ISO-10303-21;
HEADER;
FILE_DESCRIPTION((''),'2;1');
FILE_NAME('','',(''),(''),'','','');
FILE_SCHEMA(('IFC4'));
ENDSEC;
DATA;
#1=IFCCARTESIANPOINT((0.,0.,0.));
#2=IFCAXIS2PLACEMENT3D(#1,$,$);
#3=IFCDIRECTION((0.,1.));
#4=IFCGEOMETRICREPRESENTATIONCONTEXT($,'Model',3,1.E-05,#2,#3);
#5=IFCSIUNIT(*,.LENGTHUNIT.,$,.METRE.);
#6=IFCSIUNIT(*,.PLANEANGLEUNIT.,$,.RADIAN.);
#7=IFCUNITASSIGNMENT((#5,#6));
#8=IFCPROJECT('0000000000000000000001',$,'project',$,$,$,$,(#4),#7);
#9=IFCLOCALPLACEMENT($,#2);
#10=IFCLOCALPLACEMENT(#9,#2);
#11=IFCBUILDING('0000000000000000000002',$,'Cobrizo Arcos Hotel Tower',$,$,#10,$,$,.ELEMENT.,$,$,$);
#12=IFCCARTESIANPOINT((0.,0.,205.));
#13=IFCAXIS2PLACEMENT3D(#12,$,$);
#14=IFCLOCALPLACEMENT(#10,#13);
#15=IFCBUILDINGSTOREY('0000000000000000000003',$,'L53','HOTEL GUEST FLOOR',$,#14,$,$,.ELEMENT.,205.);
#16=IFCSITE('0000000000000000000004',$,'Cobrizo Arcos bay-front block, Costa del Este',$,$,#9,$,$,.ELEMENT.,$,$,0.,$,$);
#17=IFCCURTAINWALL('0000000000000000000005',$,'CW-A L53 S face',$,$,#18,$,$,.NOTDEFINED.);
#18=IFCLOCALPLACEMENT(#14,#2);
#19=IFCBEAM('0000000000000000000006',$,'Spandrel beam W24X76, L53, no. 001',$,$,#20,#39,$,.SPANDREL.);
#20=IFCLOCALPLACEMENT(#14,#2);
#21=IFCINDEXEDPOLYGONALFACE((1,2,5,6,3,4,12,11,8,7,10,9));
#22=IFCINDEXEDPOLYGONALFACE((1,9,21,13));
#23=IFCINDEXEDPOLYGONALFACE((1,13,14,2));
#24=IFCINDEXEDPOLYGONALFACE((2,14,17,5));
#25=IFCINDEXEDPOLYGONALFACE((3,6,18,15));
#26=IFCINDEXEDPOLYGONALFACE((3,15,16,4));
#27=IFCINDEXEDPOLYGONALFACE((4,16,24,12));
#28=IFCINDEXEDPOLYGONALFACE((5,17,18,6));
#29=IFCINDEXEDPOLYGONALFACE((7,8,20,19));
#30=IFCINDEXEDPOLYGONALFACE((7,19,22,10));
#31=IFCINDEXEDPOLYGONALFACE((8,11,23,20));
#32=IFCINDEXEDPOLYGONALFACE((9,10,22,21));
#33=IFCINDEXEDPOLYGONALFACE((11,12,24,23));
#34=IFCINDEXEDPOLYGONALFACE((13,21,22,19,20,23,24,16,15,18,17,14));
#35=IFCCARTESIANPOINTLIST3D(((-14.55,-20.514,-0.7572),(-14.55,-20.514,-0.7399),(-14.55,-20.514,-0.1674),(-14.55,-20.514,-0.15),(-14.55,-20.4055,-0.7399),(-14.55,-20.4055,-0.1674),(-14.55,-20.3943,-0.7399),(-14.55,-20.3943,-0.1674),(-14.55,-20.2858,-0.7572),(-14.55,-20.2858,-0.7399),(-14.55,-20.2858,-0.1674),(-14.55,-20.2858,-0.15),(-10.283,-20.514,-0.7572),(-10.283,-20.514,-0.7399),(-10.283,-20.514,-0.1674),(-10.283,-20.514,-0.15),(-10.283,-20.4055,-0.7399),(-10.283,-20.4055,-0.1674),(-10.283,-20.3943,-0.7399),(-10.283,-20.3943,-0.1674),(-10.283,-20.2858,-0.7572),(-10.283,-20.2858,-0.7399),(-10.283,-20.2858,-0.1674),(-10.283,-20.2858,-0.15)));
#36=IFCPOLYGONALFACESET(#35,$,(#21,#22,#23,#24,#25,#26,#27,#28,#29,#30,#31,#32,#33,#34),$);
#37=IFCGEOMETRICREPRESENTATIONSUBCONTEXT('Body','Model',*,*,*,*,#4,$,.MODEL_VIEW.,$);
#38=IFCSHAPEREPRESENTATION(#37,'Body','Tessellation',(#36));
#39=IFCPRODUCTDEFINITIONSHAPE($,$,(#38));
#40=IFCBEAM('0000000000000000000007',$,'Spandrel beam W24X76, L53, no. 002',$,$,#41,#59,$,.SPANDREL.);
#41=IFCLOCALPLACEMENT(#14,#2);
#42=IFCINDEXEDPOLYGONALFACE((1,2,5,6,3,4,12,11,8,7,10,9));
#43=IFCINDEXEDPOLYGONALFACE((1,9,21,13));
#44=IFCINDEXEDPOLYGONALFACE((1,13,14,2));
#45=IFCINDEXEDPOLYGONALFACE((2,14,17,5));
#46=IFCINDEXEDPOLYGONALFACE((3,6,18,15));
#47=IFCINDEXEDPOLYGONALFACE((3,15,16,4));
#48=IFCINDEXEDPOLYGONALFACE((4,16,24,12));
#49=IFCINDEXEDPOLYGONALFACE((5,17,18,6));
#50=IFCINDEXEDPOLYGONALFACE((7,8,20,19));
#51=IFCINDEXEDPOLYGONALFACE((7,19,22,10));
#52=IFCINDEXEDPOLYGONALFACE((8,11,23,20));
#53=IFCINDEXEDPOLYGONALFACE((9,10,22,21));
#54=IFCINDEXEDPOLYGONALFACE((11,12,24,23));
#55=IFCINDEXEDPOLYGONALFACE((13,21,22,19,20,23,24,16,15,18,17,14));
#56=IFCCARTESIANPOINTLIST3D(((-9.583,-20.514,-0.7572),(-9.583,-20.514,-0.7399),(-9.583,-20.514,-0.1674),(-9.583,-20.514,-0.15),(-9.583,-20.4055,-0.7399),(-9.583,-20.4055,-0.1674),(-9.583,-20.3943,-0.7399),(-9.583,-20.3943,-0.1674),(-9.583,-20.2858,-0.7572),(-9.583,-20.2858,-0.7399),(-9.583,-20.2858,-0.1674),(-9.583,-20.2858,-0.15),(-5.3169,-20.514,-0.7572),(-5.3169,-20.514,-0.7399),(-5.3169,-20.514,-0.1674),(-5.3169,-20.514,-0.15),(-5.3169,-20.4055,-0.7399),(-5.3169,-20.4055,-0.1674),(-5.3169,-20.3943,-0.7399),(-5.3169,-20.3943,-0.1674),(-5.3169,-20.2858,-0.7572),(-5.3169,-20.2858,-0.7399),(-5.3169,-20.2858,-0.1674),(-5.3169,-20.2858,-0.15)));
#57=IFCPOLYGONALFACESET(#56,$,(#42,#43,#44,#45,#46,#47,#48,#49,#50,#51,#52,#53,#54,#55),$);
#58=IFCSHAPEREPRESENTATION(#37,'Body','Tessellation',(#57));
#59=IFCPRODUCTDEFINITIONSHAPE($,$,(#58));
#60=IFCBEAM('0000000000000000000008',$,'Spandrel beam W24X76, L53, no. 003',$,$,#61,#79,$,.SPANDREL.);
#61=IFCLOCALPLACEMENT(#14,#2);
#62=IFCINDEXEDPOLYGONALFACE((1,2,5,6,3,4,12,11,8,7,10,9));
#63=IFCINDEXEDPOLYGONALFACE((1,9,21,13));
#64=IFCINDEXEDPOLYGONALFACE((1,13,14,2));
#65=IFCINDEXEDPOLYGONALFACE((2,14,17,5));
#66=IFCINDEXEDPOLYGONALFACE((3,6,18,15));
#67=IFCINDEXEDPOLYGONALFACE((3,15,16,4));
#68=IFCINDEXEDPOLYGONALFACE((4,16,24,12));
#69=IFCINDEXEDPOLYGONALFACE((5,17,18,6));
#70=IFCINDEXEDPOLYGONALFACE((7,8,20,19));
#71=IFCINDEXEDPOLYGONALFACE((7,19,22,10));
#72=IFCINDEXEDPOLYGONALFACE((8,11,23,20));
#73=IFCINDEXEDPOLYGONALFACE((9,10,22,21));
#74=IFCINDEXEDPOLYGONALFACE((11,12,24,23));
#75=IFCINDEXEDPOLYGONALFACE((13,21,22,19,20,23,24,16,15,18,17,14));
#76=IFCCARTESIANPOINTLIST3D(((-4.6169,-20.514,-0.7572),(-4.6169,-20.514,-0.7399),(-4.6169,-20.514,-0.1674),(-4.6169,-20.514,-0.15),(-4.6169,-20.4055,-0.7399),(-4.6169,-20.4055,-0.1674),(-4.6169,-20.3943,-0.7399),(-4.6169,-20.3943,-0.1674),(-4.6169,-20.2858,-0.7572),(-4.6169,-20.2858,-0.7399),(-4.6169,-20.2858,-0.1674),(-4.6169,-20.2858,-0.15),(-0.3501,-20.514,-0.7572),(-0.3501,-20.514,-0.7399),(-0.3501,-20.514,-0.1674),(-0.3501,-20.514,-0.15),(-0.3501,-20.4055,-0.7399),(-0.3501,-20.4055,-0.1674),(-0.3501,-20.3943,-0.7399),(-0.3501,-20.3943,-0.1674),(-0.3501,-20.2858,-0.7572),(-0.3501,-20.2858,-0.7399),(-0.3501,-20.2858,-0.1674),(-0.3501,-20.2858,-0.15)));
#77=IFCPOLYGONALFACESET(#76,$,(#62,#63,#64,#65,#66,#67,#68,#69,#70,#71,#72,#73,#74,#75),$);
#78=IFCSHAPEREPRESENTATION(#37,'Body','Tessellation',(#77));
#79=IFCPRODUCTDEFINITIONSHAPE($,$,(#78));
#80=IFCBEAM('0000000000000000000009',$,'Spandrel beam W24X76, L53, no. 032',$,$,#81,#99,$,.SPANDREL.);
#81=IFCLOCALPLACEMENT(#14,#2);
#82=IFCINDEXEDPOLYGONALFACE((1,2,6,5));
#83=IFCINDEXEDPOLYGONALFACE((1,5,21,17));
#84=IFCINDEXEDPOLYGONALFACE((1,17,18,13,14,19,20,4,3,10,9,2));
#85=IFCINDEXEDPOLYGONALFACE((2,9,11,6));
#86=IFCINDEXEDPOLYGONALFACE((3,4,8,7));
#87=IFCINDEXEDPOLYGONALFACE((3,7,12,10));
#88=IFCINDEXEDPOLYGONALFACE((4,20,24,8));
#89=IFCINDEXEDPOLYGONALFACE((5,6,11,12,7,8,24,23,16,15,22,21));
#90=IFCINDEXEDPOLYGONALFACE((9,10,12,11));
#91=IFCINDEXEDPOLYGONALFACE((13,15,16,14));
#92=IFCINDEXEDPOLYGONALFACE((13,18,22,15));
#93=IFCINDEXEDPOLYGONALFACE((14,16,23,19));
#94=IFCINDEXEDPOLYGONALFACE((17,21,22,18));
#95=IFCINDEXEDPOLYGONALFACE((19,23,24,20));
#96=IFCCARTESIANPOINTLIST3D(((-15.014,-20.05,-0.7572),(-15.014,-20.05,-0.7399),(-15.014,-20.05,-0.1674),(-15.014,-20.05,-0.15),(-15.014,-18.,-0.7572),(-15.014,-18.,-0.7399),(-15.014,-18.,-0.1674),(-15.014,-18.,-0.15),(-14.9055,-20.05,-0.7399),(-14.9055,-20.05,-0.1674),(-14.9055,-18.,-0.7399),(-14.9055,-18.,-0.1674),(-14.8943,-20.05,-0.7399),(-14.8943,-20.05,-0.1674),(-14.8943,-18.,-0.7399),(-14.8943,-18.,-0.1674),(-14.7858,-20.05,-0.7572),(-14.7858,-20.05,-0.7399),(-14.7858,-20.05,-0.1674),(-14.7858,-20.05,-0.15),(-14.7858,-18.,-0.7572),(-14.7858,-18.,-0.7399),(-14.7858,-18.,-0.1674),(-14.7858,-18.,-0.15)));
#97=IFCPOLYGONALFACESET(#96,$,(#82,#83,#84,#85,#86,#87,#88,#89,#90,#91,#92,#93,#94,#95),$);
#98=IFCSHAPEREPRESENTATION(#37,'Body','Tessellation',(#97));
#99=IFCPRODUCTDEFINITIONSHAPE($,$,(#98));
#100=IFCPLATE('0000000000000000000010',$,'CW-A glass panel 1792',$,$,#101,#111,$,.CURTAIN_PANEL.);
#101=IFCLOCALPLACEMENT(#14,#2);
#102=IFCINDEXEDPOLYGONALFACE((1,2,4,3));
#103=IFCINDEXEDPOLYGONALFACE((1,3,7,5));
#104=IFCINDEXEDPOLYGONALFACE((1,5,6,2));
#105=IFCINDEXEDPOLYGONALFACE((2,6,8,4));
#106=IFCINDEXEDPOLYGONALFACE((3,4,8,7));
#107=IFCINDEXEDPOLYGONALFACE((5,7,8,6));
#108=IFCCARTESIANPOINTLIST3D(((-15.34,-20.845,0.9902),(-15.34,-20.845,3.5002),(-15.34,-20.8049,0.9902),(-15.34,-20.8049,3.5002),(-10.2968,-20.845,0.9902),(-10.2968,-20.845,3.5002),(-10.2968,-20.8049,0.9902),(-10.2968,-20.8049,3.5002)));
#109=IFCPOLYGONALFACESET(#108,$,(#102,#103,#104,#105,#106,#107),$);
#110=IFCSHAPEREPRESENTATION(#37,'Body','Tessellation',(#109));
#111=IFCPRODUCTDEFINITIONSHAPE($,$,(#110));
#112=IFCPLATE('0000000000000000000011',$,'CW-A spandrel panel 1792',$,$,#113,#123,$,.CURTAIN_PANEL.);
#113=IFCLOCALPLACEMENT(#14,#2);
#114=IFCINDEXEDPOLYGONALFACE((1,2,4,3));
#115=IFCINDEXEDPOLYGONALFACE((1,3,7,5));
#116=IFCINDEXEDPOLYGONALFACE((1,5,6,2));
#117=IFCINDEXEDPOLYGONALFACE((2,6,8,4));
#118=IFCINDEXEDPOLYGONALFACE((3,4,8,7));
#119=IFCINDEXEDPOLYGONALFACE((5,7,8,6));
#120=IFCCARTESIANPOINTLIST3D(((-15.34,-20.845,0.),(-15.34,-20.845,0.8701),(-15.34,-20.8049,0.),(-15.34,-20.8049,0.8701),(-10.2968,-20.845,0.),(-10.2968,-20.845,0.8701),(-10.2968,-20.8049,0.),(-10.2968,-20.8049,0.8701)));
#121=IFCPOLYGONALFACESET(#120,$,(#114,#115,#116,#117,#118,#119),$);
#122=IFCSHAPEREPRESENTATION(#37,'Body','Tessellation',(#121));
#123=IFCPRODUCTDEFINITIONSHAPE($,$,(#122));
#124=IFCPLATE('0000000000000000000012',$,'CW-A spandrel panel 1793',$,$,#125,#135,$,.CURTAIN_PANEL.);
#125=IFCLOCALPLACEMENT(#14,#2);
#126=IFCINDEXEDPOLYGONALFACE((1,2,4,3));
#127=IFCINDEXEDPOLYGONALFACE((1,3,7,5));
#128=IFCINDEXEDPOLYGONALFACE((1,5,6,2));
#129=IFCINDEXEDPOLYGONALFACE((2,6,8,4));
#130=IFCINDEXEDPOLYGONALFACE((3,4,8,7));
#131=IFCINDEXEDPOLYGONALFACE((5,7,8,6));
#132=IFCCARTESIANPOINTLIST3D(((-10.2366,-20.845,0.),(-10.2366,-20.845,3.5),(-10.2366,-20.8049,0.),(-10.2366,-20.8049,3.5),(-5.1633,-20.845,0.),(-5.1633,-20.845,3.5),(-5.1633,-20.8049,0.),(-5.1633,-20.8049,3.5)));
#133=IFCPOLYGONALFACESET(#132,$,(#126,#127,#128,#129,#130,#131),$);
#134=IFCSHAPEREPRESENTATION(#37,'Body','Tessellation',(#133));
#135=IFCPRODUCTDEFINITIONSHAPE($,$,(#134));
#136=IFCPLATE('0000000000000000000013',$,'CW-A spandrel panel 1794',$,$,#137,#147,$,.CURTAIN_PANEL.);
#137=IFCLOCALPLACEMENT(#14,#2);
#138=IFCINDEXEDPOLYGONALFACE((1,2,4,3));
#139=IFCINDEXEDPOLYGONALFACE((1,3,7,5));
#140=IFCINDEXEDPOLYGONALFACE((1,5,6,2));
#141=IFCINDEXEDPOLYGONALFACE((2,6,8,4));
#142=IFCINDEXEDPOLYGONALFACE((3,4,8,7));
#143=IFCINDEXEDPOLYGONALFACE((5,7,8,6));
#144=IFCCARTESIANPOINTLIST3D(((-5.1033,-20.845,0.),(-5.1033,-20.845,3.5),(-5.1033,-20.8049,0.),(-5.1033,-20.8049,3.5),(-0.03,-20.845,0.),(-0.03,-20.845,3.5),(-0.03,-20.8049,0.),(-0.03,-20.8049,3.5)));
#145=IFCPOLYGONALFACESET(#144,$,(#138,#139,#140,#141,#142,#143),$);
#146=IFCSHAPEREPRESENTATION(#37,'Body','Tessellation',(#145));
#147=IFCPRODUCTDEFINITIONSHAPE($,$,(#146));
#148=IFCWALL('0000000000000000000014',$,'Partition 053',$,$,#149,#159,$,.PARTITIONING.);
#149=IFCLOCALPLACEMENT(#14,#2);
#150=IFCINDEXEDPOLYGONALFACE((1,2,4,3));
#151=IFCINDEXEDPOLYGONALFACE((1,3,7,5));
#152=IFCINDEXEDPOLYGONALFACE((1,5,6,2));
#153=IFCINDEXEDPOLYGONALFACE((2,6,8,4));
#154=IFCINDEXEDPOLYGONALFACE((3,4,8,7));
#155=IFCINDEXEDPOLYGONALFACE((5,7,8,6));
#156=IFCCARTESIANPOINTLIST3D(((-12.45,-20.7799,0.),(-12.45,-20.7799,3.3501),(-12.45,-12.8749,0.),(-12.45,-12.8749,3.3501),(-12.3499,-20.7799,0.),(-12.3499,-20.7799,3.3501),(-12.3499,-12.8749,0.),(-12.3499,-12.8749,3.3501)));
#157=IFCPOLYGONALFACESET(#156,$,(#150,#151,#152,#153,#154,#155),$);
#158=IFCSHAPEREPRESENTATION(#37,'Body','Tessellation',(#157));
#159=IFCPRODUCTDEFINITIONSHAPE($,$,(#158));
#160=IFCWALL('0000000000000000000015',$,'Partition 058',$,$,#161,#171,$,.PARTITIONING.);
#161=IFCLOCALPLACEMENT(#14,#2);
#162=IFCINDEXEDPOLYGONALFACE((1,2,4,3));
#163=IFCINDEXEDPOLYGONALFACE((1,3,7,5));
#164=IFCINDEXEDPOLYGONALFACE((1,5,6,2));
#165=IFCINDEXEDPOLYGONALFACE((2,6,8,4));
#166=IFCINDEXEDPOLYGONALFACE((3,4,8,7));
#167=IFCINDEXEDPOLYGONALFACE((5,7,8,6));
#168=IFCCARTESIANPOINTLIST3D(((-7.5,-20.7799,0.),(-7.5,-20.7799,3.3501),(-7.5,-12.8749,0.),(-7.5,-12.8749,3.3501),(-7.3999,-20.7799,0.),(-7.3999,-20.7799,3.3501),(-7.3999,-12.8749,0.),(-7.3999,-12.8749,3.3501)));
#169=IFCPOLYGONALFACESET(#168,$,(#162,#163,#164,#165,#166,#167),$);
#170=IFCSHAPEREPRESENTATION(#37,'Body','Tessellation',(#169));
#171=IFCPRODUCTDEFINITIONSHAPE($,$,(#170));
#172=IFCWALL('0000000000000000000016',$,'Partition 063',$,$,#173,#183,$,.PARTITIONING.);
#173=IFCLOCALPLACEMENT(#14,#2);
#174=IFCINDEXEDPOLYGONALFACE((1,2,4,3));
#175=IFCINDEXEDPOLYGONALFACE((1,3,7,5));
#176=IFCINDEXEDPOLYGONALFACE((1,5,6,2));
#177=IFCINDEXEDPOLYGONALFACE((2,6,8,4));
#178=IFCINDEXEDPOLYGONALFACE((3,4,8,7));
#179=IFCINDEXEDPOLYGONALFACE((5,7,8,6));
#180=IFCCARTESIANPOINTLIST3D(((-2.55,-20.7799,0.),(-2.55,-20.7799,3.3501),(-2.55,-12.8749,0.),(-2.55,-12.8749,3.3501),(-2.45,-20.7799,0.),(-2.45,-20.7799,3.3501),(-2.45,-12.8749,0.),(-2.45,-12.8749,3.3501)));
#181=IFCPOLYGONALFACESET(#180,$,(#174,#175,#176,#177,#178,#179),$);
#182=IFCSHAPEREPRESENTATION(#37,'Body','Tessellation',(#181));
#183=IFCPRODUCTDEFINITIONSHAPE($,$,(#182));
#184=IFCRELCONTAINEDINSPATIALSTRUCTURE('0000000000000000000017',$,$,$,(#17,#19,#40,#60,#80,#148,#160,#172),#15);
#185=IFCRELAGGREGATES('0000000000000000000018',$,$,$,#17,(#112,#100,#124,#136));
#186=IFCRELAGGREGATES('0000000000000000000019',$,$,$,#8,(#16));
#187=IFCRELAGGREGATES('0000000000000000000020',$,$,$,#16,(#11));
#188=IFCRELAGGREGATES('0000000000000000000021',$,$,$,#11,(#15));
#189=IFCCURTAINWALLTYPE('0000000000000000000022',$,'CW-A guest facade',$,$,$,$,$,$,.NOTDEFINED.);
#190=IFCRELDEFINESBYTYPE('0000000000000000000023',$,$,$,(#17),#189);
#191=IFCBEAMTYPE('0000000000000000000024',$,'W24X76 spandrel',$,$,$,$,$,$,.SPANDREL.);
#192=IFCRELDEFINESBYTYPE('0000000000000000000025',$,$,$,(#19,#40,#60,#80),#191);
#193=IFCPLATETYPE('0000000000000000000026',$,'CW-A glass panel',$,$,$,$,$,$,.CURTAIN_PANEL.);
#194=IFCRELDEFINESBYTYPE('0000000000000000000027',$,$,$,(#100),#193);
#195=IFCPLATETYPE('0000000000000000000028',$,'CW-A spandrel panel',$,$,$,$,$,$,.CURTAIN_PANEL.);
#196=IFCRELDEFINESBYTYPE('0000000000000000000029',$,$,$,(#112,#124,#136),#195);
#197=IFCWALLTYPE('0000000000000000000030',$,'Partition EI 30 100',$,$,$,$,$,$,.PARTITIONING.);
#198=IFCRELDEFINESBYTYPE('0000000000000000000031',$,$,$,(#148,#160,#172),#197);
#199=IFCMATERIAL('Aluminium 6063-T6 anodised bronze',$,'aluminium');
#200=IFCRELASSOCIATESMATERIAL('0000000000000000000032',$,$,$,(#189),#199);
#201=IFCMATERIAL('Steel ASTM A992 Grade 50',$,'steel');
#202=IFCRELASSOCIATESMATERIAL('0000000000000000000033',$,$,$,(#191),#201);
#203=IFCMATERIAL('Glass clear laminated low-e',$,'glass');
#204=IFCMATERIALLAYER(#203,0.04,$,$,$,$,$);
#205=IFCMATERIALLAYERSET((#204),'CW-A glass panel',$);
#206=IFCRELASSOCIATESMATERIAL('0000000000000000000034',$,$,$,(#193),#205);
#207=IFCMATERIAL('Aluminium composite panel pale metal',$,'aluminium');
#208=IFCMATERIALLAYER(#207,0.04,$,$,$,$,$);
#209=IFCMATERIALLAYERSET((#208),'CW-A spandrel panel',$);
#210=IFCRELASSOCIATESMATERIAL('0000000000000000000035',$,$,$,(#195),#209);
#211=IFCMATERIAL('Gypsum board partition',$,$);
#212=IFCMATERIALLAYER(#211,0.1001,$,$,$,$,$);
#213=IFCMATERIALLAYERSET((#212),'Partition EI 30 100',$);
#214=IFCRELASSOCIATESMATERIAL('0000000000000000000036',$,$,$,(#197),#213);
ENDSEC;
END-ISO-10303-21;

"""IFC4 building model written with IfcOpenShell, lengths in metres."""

from ifc_helpers import new_model, si_unit, direction, frame, frame_2d, origin, origin_2d, place, context, subcontext, project, spatial, rectangle, i_section, extrude, material, layer, layer_set, material_profile, profile_set, type_object, element, aggregate, save


model = new_model("IFC4")

# Units and contexts
model_context = context("Model", 3, precision=1e-05, world=origin(), true_north=direction((0.0, 1.0)))
body_context = subcontext(model_context, "Body", "Model", "MODEL_VIEW")
ifc_project = project(units=[si_unit("LENGTHUNIT", "METRE"), si_unit("PLANEANGLEUNIT", "RADIAN")], contexts=[model_context])

# Site, building, storey
site_placement = place(None, origin())
site = spatial("IfcSite", under=ifc_project, at=site_placement, Name="Cobrizo Arcos bay-front block, Costa del Este", CompositionType="ELEMENT", RefElevation=0.0)
building_placement = place(site_placement, origin())
building = spatial("IfcBuilding", under=site, at=building_placement, Name="Cobrizo Arcos Hotel Tower", CompositionType="ELEMENT")
storey_placement = place(building_placement, frame((0.0, 0.0, 205.0)))
storey = spatial("IfcBuildingStorey", under=building, at=storey_placement, Name="L53", Description="HOTEL GUEST FLOOR", CompositionType="ELEMENT", Elevation=205.0)

# Curtain wall
ifc_material_1 = material(Name="Aluminium 6063-T6 anodised bronze", Category="aluminium")
curtain_wall_type = type_object("IfcCurtainWallType", Name="CW-A guest facade", PredefinedType="NOTDEFINED", material=ifc_material_1)
curtain_wall_placement = place(storey_placement, origin())
curtain_wall = element("IfcCurtainWall", 1, at=curtain_wall_placement, inside=storey, type_object=curtain_wall_type, Name="CW-A L53 S face", PredefinedType="NOTDEFINED")

# Beams
ifc_material_2 = material(Name="Steel ASTM A992 Grade 50", Category="steel")
ifc_material_profile_1 = material_profile(ifc_material_2, i_section(OverallWidth=0.2283, OverallDepth=0.6072, WebThickness=0.0112, FlangeThickness=0.0173, at=origin_2d()), Name="W24X76")
ifc_profile_set_1 = profile_set([ifc_material_profile_1], Name="Steel ASTM A992 Grade 50")
beam_type_1 = type_object("IfcBeamType", Name="W24X76 spandrel", PredefinedType="SPANDREL", material=ifc_profile_set_1)
beam_1_placement = place(storey_placement, frame((-14.55, -20.3999, -0.4536), z_axis=(1.0, 0.0, 0.0), x_axis=(0.0, 1.0, 0.0)))
element("IfcBeam", 2, at=beam_1_placement, inside=storey, type_object=beam_type_1, Name="Spandrel beam W24X76, L53, no. 001", PredefinedType="SPANDREL", context=body_context, shape_type="SweptSolid", body=[
    extrude(i_section(OverallWidth=0.2283, OverallDepth=0.6072, WebThickness=0.0112, FlangeThickness=0.0173, at=origin_2d()), origin(), (0.0, 0.0, 1.0), 4.2671),
])
beam_2_placement = place(storey_placement, frame((-9.583, -20.3999, -0.4536), z_axis=(1.0, 0.0, 0.0), x_axis=(0.0, 1.0, 0.0)))
element("IfcBeam", 3, at=beam_2_placement, inside=storey, type_object=beam_type_1, Name="Spandrel beam W24X76, L53, no. 002", PredefinedType="SPANDREL", context=body_context, shape_type="SweptSolid", body=[
    extrude(i_section(OverallWidth=0.2283, OverallDepth=0.6072, WebThickness=0.0112, FlangeThickness=0.0173, at=origin_2d()), origin(), (0.0, 0.0, 1.0), 4.2661),
])
beam_3_placement = place(storey_placement, frame((-4.6169, -20.3999, -0.4536), z_axis=(1.0, 0.0, 0.0), x_axis=(0.0, 1.0, 0.0)))
element("IfcBeam", 4, at=beam_3_placement, inside=storey, type_object=beam_type_1, Name="Spandrel beam W24X76, L53, no. 003", PredefinedType="SPANDREL", context=body_context, shape_type="SweptSolid", body=[
    extrude(i_section(OverallWidth=0.2283, OverallDepth=0.6072, WebThickness=0.0112, FlangeThickness=0.0173, at=origin_2d()), origin(), (0.0, 0.0, 1.0), 4.2668),
])
beam_4_placement = place(storey_placement, frame((-14.8999, -18.0, -0.4536), z_axis=(0.0, -1.0, 0.0), x_axis=(1.0, 0.0, 0.0)))
element("IfcBeam", 5, at=beam_4_placement, inside=storey, type_object=beam_type_1, Name="Spandrel beam W24X76, L53, no. 032", PredefinedType="SPANDREL", context=body_context, shape_type="SweptSolid", body=[
    extrude(i_section(OverallWidth=0.2283, OverallDepth=0.6072, WebThickness=0.0112, FlangeThickness=0.0173, at=origin_2d()), origin(), (0.0, 0.0, 1.0), 2.05),
])

# Plates
ifc_material_3 = material(Name="Glass clear laminated low-e", Category="glass")
ifc_layer_1 = layer(ifc_material_3, 0.04)
ifc_layer_set_1 = layer_set([ifc_layer_1], Name="CW-A glass panel")
plate_type_1 = type_object("IfcPlateType", Name="CW-A glass panel", PredefinedType="CURTAIN_PANEL", material=ifc_layer_set_1)
plate_1_placement = place(storey_placement, frame((-12.8184, -20.825, 0.9902), z_axis=(0.0, 0.0, 1.0), x_axis=(1.0, 0.0, 0.0)))
plate_1 = element("IfcPlate", 6, at=plate_1_placement, type_object=plate_type_1, Name="CW-A glass panel 1792", PredefinedType="CURTAIN_PANEL", context=body_context, shape_type="SweptSolid", body=[
    extrude(rectangle(XDim=5.0432, YDim=0.04, at=origin_2d()), origin(), (0.0, 0.0, 1.0), 2.51),
])
ifc_material_4 = material(Name="Aluminium composite panel pale metal", Category="aluminium")
ifc_layer_2 = layer(ifc_material_4, 0.04)
ifc_layer_set_2 = layer_set([ifc_layer_2], Name="CW-A spandrel panel")
plate_type_2 = type_object("IfcPlateType", Name="CW-A spandrel panel", PredefinedType="CURTAIN_PANEL", material=ifc_layer_set_2)
plate_2_placement = place(storey_placement, frame((-12.8184, -20.825, 0.0), z_axis=(0.0, 0.0, 1.0), x_axis=(1.0, 0.0, 0.0)))
plate_2 = element("IfcPlate", 7, at=plate_2_placement, type_object=plate_type_2, Name="CW-A spandrel panel 1792", PredefinedType="CURTAIN_PANEL", context=body_context, shape_type="SweptSolid", body=[
    extrude(rectangle(XDim=5.0432, YDim=0.04, at=origin_2d()), origin(), (0.0, 0.0, 1.0), 0.8701),
])
plate_3_placement = place(storey_placement, frame((-7.7, -20.825, 0.0), z_axis=(0.0, 0.0, 1.0), x_axis=(1.0, 0.0, 0.0)))
plate_3 = element("IfcPlate", 8, at=plate_3_placement, type_object=plate_type_2, Name="CW-A spandrel panel 1793", PredefinedType="CURTAIN_PANEL", context=body_context, shape_type="SweptSolid", body=[
    extrude(rectangle(XDim=5.0732, YDim=0.04, at=origin_2d()), origin(), (0.0, 0.0, 1.0), 3.5),
])
plate_4_placement = place(storey_placement, frame((-2.5667, -20.825, 0.0), z_axis=(0.0, 0.0, 1.0), x_axis=(1.0, 0.0, 0.0)))
plate_4 = element("IfcPlate", 9, at=plate_4_placement, type_object=plate_type_2, Name="CW-A spandrel panel 1794", PredefinedType="CURTAIN_PANEL", context=body_context, shape_type="SweptSolid", body=[
    extrude(rectangle(XDim=5.0732, YDim=0.04, at=origin_2d()), origin(), (0.0, 0.0, 1.0), 3.5),
])
aggregate(curtain_wall, [plate_2, plate_1, plate_3, plate_4])

# Walls
ifc_material_5 = material(Name="Gypsum board partition")
ifc_layer_3 = layer(ifc_material_5, 0.1001)
ifc_layer_set_3 = layer_set([ifc_layer_3], Name="Partition EI 30 100")
wall_type = type_object("IfcWallType", Name="Partition EI 30 100", PredefinedType="PARTITIONING", material=ifc_layer_set_3)
for number, where, z_axis, x_axis, name in (
    (10, (-12.3999, -20.78, 0.0), (0.0, 0.0, 1.0), (0.0, 1.0, 0.0), "Partition 053"),
    (11, (-7.45, -20.78, 0.0), (0.0, 0.0, 1.0), (0.0, 1.0, 0.0), "Partition 058"),
    (12, (-2.5, -20.78, 0.0), (0.0, 0.0, 1.0), (0.0, 1.0, 0.0), "Partition 063"),
):
    element("IfcWall", number, at=place(storey_placement, frame(where, z_axis=z_axis, x_axis=x_axis)), inside=storey, type_object=wall_type, Name=name, PredefinedType="PARTITIONING", context=body_context, shape_type="SweptSolid", body=[
        extrude(rectangle(XDim=7.905, YDim=0.1001, at=frame_2d((3.9526, 0.0))), origin(), (0.0, 0.0, 1.0), 3.3501),
    ])

save(model, "model.ifc")
